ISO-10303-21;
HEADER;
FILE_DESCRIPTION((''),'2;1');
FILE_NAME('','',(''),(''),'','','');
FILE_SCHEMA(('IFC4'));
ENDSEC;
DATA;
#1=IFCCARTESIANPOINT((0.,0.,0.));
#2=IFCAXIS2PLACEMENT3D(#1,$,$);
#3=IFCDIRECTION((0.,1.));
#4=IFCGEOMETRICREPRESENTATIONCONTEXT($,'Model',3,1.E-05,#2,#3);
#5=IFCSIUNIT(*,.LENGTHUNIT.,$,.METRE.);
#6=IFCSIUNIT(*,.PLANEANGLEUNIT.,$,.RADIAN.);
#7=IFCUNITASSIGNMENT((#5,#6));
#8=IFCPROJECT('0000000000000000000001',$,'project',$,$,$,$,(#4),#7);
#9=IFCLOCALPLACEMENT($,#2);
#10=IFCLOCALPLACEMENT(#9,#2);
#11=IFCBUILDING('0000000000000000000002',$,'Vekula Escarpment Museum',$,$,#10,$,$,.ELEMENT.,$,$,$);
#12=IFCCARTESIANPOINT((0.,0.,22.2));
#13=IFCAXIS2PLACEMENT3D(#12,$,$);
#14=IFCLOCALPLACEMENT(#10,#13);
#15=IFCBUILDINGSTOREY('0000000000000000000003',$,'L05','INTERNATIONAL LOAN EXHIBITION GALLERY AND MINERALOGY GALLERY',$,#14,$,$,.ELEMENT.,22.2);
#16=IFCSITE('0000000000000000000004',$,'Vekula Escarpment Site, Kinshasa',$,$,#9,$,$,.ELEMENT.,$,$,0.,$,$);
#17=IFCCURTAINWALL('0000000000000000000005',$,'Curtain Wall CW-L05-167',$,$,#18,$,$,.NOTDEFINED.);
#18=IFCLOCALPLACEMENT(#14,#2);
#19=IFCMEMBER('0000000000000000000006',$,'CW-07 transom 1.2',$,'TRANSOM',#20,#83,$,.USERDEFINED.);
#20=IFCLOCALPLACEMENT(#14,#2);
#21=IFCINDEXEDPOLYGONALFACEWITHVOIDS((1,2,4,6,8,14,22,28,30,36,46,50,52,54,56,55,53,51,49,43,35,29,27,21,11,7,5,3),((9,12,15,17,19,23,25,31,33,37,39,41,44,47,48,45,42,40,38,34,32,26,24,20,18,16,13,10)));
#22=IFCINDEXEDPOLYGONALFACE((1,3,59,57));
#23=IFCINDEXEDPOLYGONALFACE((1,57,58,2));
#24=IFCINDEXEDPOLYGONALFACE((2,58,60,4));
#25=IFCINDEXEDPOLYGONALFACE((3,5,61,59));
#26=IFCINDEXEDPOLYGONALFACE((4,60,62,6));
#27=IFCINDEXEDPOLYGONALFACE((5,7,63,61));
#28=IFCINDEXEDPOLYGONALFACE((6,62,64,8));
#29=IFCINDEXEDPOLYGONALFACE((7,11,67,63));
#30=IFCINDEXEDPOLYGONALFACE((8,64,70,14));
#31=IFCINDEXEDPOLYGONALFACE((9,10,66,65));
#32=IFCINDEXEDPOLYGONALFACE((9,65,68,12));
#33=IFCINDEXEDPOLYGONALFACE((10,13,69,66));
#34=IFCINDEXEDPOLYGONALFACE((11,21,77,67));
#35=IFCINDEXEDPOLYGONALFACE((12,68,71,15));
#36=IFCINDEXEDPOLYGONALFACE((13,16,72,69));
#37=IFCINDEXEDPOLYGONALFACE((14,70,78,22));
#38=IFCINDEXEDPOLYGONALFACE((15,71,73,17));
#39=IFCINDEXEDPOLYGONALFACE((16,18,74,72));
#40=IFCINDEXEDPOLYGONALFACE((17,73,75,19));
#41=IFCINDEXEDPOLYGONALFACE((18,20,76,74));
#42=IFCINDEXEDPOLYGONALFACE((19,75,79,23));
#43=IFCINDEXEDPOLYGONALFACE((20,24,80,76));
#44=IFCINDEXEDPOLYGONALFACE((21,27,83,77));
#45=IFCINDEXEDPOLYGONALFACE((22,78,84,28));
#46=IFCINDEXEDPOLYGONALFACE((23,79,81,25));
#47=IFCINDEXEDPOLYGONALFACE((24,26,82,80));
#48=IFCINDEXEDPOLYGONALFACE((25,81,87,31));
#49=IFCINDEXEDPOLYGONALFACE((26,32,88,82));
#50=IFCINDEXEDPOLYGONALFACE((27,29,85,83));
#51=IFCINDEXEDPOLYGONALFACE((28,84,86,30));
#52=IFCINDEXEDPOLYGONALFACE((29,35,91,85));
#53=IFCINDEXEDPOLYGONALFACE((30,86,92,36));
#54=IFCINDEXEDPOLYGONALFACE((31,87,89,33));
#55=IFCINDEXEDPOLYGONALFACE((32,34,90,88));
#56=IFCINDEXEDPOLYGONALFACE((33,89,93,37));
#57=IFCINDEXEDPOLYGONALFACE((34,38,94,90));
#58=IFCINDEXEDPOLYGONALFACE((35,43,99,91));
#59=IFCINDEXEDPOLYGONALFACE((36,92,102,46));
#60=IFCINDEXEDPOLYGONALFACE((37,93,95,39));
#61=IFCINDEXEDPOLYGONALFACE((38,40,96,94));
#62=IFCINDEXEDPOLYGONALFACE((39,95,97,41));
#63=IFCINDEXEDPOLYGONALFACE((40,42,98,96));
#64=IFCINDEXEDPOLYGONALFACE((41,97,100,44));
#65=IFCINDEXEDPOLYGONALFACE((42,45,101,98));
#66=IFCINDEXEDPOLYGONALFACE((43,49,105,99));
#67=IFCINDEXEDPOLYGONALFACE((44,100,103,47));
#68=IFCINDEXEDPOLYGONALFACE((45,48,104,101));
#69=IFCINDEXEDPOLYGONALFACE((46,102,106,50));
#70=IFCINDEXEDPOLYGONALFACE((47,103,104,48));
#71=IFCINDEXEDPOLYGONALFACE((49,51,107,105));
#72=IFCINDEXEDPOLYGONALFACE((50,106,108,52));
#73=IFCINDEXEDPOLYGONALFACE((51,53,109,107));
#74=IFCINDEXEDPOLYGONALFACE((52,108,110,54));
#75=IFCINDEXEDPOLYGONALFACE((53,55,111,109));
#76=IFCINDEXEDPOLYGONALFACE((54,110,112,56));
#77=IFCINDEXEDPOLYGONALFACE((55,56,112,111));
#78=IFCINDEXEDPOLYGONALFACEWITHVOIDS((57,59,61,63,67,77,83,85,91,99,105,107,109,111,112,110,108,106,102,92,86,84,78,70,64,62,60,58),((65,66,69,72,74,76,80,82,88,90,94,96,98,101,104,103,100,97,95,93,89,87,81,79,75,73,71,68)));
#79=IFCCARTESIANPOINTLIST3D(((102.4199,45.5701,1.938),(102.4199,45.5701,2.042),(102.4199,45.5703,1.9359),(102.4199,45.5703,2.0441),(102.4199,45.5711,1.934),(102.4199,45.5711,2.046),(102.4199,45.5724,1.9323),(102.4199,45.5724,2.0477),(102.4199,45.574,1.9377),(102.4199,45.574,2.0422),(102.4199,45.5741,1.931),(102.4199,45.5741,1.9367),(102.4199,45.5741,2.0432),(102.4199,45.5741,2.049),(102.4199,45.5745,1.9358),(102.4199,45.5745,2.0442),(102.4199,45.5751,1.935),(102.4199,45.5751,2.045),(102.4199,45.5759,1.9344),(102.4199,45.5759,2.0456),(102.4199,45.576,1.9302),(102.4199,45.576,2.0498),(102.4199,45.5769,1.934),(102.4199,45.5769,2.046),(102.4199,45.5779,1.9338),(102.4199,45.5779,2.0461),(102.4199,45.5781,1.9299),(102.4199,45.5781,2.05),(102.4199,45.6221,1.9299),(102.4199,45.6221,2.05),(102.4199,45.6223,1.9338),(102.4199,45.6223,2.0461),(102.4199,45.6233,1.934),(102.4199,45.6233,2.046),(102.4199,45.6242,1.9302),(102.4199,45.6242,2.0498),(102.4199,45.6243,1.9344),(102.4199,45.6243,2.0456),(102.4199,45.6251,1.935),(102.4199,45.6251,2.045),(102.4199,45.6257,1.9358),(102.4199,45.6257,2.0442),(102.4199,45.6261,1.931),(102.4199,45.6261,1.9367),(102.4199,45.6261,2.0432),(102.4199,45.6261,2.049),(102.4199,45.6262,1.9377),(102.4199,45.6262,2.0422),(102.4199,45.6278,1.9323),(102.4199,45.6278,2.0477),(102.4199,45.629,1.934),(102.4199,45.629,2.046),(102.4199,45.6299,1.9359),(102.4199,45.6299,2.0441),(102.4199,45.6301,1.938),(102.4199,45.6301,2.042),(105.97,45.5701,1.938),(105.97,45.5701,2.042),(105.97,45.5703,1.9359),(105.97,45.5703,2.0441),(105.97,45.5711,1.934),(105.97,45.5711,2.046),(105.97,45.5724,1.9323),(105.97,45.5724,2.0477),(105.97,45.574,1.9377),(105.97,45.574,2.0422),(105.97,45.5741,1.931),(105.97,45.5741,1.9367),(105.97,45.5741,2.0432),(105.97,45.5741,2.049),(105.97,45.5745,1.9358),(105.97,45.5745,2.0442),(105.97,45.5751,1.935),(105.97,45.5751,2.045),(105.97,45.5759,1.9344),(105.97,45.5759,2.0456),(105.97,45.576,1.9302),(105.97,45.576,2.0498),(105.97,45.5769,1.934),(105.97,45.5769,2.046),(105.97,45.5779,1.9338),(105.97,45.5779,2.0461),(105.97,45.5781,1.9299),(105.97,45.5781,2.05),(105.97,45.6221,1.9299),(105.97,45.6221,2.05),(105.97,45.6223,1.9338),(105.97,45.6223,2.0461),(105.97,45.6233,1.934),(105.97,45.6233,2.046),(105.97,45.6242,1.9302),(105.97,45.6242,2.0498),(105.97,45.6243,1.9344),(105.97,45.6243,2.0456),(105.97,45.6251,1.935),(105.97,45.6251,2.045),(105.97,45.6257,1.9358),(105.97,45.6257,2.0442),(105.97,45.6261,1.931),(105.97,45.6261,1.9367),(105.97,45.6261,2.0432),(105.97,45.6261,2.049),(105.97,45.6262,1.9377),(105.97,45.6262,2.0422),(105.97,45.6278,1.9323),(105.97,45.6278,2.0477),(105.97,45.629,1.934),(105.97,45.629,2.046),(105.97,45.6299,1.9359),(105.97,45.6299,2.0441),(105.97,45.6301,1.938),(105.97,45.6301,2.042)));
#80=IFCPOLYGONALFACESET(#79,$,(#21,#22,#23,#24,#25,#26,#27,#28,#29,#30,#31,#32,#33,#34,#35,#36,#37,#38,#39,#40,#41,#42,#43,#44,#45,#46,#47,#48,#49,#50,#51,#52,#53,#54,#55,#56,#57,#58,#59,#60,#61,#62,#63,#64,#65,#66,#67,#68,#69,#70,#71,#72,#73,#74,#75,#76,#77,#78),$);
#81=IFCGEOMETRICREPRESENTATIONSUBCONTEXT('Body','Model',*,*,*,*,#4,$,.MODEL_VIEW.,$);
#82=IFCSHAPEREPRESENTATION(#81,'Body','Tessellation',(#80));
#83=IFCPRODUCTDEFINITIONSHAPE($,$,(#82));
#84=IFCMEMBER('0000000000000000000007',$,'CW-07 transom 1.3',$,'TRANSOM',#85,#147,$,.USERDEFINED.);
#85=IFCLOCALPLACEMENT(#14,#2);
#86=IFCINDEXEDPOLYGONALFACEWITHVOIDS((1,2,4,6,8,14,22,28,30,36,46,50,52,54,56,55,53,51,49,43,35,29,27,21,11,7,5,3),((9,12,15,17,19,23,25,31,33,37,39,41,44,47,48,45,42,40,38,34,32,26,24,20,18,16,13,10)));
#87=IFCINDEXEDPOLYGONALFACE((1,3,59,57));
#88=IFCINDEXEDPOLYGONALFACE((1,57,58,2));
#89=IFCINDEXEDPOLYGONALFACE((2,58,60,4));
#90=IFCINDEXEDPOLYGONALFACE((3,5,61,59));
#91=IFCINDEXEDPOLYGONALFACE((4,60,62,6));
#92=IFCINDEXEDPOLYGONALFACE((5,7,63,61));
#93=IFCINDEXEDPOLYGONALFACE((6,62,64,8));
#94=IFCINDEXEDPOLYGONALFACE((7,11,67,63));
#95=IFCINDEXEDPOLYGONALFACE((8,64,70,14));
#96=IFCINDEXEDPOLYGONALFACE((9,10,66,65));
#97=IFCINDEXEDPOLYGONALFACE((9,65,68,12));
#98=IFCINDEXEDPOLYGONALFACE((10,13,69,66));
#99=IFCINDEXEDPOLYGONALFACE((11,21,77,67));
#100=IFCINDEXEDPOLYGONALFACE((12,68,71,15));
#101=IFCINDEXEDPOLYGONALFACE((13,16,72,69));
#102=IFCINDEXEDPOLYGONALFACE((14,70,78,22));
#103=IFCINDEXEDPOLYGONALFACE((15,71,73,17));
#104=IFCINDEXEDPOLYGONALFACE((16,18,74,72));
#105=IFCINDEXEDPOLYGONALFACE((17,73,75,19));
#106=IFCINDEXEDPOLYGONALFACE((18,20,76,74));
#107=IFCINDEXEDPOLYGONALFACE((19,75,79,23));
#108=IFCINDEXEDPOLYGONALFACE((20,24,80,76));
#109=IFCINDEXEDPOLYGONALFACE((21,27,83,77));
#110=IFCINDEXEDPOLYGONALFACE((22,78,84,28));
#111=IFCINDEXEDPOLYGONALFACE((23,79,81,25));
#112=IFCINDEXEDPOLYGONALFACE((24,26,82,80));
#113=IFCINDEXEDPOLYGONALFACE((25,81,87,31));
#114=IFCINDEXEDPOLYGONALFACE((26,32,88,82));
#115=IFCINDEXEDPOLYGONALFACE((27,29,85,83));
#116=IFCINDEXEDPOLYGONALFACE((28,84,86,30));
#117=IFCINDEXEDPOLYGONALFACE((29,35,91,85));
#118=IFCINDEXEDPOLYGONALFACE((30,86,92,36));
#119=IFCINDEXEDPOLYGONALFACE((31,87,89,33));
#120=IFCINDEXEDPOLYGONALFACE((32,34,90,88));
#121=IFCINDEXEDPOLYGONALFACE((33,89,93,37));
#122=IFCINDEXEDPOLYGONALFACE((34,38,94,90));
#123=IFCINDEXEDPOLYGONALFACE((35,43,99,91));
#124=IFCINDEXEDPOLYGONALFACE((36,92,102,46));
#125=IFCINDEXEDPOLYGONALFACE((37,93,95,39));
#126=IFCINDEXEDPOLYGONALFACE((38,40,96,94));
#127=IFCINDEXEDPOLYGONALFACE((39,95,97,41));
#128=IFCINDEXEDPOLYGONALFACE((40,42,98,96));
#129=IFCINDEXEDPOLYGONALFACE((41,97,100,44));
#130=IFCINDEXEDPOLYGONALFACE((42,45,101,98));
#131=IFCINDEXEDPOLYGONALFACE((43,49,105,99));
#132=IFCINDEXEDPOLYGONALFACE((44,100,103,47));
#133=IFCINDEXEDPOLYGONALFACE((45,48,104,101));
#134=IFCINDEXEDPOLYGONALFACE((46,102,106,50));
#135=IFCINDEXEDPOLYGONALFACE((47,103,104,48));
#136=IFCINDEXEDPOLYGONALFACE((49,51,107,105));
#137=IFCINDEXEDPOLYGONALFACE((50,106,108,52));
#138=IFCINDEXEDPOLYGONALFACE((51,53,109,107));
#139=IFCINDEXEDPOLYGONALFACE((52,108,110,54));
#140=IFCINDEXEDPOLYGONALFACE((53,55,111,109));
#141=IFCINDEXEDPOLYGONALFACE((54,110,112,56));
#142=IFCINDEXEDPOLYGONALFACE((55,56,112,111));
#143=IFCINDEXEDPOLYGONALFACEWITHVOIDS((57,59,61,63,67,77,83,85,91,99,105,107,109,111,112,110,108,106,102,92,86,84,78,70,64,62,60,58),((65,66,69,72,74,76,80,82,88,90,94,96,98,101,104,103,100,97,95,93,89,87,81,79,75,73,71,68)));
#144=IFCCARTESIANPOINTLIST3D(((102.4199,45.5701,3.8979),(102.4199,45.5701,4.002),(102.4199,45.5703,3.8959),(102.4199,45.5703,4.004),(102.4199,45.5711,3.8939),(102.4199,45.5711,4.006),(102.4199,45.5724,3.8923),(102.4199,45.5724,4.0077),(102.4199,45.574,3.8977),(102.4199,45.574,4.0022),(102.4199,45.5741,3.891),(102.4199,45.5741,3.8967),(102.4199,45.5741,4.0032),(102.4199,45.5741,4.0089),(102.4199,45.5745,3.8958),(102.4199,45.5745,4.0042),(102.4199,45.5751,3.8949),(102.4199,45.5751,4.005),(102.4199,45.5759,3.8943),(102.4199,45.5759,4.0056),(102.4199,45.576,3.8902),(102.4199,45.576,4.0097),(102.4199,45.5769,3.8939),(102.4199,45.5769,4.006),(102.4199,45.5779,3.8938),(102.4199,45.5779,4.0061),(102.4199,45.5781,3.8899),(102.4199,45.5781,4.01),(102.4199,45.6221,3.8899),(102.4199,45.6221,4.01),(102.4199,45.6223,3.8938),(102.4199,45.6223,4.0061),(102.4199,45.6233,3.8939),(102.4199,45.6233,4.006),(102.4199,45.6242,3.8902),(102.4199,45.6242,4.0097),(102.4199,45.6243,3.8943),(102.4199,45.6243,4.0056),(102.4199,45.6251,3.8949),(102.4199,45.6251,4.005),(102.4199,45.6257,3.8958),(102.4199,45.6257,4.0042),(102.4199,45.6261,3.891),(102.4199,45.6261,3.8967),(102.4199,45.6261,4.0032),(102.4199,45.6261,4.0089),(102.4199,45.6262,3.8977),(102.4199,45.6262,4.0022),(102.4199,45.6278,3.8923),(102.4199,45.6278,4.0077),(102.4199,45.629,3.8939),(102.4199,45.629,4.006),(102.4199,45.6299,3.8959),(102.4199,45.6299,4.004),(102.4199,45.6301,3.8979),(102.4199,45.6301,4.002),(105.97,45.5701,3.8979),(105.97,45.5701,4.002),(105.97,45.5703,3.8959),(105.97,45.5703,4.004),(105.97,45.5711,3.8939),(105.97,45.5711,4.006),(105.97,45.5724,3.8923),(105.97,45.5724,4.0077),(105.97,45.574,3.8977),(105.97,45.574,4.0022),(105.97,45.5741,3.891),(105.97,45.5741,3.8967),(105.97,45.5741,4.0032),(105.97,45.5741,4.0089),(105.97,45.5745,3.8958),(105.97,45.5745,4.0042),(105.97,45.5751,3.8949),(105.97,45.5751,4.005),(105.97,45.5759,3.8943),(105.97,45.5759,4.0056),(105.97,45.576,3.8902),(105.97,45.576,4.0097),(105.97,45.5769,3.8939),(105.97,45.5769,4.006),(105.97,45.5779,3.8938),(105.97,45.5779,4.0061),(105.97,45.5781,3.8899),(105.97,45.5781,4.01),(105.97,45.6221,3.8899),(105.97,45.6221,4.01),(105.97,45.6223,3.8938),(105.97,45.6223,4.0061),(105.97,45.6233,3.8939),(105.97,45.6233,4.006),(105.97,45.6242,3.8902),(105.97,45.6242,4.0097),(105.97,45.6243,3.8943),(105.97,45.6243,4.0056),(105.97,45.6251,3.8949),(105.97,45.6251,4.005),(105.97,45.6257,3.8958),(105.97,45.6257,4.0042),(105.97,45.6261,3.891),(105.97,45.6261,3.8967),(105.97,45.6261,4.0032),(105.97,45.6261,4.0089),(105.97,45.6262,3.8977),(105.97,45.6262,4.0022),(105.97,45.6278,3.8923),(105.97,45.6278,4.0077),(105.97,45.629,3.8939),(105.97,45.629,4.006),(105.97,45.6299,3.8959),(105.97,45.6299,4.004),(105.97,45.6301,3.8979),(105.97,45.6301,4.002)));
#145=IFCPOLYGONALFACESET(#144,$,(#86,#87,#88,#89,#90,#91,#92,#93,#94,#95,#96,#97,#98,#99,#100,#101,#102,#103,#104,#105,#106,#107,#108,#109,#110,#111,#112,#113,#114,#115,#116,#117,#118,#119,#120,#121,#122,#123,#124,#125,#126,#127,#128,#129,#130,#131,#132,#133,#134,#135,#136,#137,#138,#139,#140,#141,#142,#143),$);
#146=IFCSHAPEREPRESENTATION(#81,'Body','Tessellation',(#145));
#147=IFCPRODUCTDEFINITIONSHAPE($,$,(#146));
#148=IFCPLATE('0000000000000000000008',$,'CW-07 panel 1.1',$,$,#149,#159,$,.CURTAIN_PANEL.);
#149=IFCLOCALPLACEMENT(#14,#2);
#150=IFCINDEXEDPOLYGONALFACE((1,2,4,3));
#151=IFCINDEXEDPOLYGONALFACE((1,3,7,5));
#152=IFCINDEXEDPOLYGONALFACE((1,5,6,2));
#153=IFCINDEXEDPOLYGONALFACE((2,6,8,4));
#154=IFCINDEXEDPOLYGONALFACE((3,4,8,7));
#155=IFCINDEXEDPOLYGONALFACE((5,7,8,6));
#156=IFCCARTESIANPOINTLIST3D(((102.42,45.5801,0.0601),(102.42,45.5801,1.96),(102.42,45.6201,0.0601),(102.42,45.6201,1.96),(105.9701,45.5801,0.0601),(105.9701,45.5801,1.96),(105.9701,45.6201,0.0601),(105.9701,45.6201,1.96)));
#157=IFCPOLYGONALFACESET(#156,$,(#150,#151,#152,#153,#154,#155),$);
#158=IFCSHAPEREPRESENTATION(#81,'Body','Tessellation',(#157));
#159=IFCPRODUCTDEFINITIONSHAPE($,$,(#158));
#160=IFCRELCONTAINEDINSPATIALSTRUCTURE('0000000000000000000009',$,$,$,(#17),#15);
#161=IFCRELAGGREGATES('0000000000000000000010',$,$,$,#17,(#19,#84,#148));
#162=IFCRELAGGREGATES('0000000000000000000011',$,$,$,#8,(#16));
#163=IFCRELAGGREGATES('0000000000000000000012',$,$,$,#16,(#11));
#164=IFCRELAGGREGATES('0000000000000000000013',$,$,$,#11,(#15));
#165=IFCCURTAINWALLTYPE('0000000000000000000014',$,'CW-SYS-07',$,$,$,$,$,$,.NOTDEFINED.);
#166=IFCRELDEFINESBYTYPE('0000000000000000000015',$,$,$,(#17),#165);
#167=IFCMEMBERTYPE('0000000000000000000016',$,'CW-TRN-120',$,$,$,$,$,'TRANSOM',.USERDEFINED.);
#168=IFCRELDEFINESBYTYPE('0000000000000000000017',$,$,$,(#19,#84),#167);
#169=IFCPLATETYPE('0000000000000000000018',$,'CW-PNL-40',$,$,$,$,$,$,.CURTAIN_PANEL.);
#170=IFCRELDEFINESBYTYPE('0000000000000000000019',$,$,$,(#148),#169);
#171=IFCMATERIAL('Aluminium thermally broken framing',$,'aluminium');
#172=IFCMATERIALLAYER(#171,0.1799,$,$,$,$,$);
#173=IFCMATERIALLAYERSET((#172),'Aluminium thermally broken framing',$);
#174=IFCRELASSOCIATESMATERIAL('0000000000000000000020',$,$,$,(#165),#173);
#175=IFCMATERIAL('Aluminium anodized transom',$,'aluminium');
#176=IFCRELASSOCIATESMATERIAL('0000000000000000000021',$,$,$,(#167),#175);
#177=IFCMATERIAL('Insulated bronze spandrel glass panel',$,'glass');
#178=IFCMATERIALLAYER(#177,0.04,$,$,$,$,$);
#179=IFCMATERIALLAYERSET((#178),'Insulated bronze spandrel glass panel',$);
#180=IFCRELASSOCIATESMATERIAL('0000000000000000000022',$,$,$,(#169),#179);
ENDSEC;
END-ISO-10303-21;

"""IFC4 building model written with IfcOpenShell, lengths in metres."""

from ifc_helpers import new_model, si_unit, direction, frame, origin, origin_2d, place, context, subcontext, project, spatial, rectangle, hollow_rectangle, extrude, material, layer, layer_set, material_profile, profile_set, type_object, element, aggregate, save


model = new_model("IFC4")

# Units and contexts
model_context = context("Model", 3, precision=1e-05, world=origin(), true_north=direction((0.0, 1.0)))
body_context = subcontext(model_context, "Body", "Model", "MODEL_VIEW")
ifc_project = project(units=[si_unit("LENGTHUNIT", "METRE"), si_unit("PLANEANGLEUNIT", "RADIAN")], contexts=[model_context])

# Site, building, storey
site_placement = place(None, origin())
site = spatial("IfcSite", under=ifc_project, at=site_placement, Name="Vekula Escarpment Site, Kinshasa", CompositionType="ELEMENT", RefElevation=0.0)
building_placement = place(site_placement, origin())
building = spatial("IfcBuilding", under=site, at=building_placement, Name="Vekula Escarpment Museum", CompositionType="ELEMENT")
storey_placement = place(building_placement, frame((0.0, 0.0, 22.2)))
storey = spatial("IfcBuildingStorey", under=building, at=storey_placement, Name="L05", Description="INTERNATIONAL LOAN EXHIBITION GALLERY AND MINERALOGY GALLERY", CompositionType="ELEMENT", Elevation=22.2)

# Curtain wall, members, plate
ifc_material_1 = material(Name="Aluminium thermally broken framing", Category="aluminium")
ifc_layer_1 = layer(ifc_material_1, 0.1799)
ifc_layer_set_1 = layer_set([ifc_layer_1], Name="Aluminium thermally broken framing")
curtain_wall_type = type_object("IfcCurtainWallType", Name="CW-SYS-07", PredefinedType="NOTDEFINED", material=ifc_layer_set_1)
curtain_wall_placement = place(storey_placement, origin())
curtain_wall = element("IfcCurtainWall", 1, at=curtain_wall_placement, inside=storey, type_object=curtain_wall_type, Name="Curtain Wall CW-L05-167", PredefinedType="NOTDEFINED")
ifc_material_2 = material(Name="Aluminium anodized transom", Category="aluminium")
ifc_material_profile_1 = material_profile(ifc_material_2, hollow_rectangle(XDim=0.0601, YDim=0.1201, WallThickness=0.0039, InnerFilletRadius=0.0039, OuterFilletRadius=0.0081, at=origin_2d()), Name="ALU 120x60x4")
ifc_profile_set_1 = profile_set([ifc_material_profile_1], Name="Aluminium anodized transom")
member_type = type_object("IfcMemberType", Name="CW-TRN-120", ElementType="TRANSOM", PredefinedType="USERDEFINED", material=ifc_profile_set_1)
member_1_placement = place(storey_placement, frame((102.4199, 45.6001, 1.99), z_axis=(1.0, 0.0, 0.0), x_axis=(0.0, 1.0, 0.0)))
member_1 = element("IfcMember", 2, at=member_1_placement, type_object=member_type, Name="CW-07 transom 1.2", ObjectType="TRANSOM", PredefinedType="USERDEFINED", context=body_context, shape_type="SweptSolid", body=[
    extrude(hollow_rectangle(XDim=0.0601, YDim=0.1201, WallThickness=0.0039, InnerFilletRadius=0.0039, OuterFilletRadius=0.0081, at=origin_2d()), origin(), (0.0, 0.0, 1.0), 3.55),
])
member_2_placement = place(storey_placement, frame((102.4199, 45.6001, 3.95), z_axis=(1.0, 0.0, 0.0), x_axis=(0.0, 1.0, 0.0)))
member_2 = element("IfcMember", 3, at=member_2_placement, type_object=member_type, Name="CW-07 transom 1.3", ObjectType="TRANSOM", PredefinedType="USERDEFINED", context=body_context, shape_type="SweptSolid", body=[
    extrude(hollow_rectangle(XDim=0.0601, YDim=0.1201, WallThickness=0.0039, InnerFilletRadius=0.0039, OuterFilletRadius=0.0081, at=origin_2d()), origin(), (0.0, 0.0, 1.0), 3.55),
])
ifc_material_3 = material(Name="Insulated bronze spandrel glass panel", Category="glass")
ifc_layer_2 = layer(ifc_material_3, 0.04)
ifc_layer_set_2 = layer_set([ifc_layer_2], Name="Insulated bronze spandrel glass panel")
plate_type = type_object("IfcPlateType", Name="CW-PNL-40", PredefinedType="CURTAIN_PANEL", material=ifc_layer_set_2)
plate_placement = place(storey_placement, frame((104.1951, 45.6001, 0.0601), z_axis=(0.0, 0.0, 1.0), x_axis=(1.0, 0.0, 0.0)))
plate = element("IfcPlate", 4, at=plate_placement, type_object=plate_type, Name="CW-07 panel 1.1", PredefinedType="CURTAIN_PANEL", context=body_context, shape_type="SweptSolid", body=[
    extrude(rectangle(XDim=3.55, YDim=0.04, at=origin_2d()), origin(), (0.0, 0.0, 1.0), 1.8999),
])
aggregate(curtain_wall, [member_1, member_2, plate])

save(model, "model.ifc")
